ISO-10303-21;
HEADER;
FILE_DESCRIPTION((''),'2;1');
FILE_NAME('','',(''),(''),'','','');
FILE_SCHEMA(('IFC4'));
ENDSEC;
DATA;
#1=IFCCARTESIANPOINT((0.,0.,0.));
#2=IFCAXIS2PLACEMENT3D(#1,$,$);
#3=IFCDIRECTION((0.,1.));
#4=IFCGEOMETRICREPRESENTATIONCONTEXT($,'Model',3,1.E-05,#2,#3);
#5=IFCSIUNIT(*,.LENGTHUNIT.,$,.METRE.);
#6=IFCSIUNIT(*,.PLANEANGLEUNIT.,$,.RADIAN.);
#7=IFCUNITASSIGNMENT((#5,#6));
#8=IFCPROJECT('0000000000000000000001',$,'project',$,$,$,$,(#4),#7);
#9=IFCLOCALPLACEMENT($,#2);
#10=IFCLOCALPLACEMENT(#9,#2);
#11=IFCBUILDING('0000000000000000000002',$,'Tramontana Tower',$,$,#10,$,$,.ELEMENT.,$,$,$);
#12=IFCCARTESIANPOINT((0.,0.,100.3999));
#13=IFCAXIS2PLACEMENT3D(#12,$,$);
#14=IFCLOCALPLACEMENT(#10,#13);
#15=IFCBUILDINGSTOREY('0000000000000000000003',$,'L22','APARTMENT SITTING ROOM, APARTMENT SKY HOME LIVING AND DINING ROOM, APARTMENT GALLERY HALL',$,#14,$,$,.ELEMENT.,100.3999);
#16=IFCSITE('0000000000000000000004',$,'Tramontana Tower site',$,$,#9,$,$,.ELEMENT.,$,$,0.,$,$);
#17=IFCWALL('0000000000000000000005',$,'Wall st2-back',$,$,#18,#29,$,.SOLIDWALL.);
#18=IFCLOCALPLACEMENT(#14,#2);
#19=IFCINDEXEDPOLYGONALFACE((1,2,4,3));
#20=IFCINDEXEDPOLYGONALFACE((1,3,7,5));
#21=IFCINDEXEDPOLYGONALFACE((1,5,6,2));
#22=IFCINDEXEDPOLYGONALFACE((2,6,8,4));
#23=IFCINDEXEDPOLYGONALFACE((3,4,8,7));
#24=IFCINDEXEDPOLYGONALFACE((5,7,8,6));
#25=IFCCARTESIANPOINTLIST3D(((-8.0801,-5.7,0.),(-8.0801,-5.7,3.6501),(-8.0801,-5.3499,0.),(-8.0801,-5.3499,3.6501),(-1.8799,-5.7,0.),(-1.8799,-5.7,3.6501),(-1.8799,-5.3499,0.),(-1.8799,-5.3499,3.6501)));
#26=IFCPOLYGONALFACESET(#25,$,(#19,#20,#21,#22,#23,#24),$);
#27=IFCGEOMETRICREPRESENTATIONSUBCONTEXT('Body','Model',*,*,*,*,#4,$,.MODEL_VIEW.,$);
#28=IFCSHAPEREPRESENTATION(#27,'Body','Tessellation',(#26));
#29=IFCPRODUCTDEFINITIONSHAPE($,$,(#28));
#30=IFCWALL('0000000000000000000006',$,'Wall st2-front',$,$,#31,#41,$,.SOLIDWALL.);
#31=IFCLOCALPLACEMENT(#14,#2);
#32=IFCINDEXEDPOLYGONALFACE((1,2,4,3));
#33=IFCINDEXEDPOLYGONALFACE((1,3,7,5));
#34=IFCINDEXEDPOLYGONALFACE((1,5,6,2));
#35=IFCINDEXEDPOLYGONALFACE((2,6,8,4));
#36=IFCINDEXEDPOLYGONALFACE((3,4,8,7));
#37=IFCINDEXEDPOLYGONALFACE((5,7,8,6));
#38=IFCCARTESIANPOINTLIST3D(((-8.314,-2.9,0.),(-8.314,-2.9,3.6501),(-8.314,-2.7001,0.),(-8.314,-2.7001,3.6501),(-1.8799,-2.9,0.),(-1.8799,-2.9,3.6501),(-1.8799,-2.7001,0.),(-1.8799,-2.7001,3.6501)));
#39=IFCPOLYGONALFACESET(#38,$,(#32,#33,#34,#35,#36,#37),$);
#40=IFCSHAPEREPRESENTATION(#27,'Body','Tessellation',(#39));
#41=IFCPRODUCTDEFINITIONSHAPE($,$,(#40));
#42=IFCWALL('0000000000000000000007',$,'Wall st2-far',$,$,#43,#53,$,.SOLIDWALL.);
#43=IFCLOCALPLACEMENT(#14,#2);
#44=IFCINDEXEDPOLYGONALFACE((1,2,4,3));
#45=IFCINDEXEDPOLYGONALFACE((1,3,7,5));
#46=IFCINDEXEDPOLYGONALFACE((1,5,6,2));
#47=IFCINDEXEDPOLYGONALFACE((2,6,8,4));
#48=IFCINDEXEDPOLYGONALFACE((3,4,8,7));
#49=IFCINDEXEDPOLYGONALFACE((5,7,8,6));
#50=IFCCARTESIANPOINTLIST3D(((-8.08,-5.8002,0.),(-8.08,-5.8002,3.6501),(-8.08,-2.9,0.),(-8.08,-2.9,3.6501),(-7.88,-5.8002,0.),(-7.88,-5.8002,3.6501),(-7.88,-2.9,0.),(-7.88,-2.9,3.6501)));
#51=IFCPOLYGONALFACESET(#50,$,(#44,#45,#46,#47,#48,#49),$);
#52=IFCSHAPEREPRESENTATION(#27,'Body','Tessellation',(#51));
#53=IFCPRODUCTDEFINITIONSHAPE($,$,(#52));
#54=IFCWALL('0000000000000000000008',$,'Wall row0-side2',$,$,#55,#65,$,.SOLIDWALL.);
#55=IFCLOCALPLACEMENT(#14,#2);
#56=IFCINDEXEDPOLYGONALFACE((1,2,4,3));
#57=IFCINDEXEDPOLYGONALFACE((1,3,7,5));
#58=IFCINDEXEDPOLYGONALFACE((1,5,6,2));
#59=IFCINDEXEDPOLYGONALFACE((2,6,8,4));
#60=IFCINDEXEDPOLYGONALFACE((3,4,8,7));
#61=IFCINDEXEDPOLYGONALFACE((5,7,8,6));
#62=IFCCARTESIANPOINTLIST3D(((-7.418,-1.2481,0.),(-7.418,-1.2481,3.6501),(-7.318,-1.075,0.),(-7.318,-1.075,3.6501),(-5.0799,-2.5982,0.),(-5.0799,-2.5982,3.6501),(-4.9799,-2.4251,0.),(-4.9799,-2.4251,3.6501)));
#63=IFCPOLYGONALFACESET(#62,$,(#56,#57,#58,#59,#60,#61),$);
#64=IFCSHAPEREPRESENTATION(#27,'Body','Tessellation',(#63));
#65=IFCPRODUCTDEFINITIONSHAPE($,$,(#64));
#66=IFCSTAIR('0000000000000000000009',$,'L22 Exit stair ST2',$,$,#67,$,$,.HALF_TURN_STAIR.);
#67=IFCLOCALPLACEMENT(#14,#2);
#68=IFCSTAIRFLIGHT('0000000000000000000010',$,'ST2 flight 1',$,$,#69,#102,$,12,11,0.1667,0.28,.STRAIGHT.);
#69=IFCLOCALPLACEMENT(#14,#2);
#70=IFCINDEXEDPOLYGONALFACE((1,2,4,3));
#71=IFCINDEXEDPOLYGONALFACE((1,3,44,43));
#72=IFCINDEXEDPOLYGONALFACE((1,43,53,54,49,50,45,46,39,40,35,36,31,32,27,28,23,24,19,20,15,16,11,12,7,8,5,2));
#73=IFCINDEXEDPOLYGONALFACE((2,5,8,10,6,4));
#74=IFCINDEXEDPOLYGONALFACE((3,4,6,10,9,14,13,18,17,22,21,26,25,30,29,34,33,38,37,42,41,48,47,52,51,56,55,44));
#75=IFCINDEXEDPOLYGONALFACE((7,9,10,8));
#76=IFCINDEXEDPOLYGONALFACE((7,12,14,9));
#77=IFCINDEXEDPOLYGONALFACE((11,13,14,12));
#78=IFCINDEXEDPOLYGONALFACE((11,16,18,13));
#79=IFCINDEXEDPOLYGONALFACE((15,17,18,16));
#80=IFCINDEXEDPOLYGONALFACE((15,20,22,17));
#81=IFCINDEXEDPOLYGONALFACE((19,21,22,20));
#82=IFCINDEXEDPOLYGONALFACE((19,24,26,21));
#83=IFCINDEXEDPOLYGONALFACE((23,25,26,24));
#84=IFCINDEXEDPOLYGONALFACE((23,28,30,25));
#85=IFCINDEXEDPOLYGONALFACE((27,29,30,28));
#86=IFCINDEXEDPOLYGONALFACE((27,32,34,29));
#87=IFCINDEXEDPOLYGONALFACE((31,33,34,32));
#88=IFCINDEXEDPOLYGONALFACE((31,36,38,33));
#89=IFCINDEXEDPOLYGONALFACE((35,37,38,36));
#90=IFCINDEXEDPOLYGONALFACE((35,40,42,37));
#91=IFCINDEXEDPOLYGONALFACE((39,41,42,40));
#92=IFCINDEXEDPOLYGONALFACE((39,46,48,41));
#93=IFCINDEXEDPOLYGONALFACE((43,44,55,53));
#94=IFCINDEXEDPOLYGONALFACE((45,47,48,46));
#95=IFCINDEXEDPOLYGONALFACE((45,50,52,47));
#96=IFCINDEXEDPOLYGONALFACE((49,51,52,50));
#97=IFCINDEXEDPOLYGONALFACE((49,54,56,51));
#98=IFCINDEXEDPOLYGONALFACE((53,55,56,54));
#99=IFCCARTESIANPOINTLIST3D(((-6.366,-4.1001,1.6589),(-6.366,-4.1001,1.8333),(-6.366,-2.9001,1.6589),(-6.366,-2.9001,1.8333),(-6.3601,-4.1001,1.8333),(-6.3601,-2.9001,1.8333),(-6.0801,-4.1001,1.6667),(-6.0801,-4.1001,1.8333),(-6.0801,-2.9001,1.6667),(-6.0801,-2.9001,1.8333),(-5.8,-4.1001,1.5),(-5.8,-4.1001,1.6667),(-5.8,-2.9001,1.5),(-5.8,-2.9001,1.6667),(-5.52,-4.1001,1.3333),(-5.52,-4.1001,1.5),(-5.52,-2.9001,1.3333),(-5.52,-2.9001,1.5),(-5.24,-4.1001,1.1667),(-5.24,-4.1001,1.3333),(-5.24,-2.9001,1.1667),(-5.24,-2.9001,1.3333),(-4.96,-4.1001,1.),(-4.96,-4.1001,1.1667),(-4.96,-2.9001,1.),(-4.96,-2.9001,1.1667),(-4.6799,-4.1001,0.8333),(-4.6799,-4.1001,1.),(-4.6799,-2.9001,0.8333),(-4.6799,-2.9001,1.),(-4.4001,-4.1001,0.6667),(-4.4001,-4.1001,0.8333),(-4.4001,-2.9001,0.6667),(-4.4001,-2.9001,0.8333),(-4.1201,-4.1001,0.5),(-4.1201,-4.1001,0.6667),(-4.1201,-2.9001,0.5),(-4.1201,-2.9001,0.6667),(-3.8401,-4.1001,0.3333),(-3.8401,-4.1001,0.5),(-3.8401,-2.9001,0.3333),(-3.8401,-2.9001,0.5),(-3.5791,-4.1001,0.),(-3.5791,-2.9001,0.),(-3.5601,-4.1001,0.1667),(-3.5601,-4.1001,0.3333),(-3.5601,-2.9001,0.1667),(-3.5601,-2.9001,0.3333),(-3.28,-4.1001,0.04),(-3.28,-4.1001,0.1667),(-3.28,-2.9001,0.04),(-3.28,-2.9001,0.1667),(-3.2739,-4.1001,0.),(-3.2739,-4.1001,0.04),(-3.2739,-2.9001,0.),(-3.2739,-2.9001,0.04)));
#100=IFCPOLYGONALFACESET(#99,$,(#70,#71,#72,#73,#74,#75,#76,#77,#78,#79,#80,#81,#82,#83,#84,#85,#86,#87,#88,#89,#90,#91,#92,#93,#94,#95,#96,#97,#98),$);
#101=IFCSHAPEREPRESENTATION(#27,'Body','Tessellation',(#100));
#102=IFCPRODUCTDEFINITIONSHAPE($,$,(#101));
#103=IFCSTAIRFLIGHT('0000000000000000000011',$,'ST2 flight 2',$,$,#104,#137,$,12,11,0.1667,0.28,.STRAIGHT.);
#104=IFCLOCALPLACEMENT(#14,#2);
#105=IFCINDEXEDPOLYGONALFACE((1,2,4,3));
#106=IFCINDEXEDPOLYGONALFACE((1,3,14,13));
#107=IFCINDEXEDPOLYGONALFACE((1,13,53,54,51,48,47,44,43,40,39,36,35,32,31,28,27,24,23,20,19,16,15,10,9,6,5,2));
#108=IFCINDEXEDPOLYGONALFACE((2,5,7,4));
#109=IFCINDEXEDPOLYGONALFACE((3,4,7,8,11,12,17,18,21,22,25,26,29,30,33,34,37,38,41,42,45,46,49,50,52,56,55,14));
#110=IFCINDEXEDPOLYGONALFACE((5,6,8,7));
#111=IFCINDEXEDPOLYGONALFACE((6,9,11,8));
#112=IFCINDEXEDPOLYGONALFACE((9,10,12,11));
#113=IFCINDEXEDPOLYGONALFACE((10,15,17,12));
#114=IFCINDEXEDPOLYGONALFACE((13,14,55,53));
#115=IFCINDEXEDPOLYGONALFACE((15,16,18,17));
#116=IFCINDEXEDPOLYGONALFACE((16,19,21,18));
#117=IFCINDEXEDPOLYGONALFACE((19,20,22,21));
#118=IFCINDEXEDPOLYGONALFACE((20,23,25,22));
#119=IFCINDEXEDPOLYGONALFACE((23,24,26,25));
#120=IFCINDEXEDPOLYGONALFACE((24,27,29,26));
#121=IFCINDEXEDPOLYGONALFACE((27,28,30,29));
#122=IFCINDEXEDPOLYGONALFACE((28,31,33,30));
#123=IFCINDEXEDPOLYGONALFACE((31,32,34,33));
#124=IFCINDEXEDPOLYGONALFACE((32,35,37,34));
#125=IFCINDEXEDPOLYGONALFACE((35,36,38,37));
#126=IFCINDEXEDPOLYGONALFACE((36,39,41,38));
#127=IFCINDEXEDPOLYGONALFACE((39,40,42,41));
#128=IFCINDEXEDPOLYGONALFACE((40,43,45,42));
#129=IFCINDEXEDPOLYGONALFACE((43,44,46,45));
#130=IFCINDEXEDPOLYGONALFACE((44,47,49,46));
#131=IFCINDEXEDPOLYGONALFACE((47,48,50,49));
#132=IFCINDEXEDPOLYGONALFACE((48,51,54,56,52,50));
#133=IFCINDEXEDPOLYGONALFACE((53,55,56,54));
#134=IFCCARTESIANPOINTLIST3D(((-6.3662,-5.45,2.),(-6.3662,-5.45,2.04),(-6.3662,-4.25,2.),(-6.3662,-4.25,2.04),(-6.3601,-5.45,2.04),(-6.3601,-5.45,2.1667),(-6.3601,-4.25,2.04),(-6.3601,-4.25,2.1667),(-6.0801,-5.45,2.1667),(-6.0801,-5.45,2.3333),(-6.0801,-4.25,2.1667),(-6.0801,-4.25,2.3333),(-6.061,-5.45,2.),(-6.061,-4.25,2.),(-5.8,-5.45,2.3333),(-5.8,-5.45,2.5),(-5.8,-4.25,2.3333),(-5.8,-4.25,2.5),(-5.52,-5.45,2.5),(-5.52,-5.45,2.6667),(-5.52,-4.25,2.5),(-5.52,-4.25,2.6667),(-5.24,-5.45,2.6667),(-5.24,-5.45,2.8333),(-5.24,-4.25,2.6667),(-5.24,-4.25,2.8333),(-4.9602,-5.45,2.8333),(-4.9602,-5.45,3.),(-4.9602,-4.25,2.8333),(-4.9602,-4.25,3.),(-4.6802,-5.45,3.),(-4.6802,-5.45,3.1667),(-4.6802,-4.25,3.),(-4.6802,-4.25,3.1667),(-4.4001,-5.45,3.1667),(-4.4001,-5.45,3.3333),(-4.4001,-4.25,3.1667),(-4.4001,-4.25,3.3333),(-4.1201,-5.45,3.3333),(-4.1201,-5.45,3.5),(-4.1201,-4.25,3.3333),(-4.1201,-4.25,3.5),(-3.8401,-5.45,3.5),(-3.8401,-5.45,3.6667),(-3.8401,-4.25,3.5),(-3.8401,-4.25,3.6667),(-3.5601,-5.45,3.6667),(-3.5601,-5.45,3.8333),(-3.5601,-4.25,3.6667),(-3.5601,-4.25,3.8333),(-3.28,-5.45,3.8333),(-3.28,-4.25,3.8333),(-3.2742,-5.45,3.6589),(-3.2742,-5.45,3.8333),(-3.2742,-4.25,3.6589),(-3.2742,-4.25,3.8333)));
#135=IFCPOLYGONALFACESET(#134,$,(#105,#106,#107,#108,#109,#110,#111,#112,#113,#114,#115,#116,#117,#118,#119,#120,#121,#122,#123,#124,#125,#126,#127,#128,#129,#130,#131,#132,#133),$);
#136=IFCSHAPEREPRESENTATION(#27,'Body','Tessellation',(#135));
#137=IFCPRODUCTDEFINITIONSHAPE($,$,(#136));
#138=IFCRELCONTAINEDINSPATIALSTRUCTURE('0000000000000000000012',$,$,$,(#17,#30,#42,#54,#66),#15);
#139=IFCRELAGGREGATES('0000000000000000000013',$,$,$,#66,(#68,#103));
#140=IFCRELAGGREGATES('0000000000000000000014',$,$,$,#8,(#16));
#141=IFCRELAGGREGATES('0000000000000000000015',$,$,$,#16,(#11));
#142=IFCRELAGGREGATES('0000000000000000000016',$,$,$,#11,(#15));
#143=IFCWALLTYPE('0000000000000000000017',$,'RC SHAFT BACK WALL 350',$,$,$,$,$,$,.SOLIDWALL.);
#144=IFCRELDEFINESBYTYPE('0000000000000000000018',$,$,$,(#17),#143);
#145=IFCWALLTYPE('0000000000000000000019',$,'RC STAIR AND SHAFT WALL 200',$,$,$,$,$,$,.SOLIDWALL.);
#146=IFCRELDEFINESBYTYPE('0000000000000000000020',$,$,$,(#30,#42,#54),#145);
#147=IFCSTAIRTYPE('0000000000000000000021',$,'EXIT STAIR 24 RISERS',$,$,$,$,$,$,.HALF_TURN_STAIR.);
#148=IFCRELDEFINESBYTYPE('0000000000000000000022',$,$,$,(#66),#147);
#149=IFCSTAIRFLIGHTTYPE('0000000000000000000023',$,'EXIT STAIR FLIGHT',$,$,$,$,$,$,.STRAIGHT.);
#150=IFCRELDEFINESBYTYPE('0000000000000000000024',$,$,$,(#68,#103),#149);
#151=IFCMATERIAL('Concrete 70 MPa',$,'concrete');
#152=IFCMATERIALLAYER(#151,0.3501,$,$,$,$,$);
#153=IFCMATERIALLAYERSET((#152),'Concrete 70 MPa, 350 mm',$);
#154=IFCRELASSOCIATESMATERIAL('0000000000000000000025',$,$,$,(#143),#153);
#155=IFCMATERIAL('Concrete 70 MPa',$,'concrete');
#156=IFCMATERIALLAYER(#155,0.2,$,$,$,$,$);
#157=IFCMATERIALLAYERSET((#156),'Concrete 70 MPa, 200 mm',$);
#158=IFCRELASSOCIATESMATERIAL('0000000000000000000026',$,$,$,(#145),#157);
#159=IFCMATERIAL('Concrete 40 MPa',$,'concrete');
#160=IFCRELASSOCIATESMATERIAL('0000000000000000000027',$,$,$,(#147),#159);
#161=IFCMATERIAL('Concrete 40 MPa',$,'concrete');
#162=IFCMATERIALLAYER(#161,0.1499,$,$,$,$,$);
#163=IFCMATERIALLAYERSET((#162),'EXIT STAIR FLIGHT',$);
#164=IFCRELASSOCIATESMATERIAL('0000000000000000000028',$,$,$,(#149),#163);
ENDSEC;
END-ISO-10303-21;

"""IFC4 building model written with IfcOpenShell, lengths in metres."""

from ifc_helpers import new_model, si_unit, direction, frame, frame_2d, origin, place, context, subcontext, project, spatial, polyline, rectangle, outline, extrude, material, layer, layer_set, type_object, element, aggregate, save


model = new_model("IFC4")

# Units and contexts
model_context = context("Model", 3, precision=1e-05, world=origin(), true_north=direction((0.0, 1.0)))
body_context = subcontext(model_context, "Body", "Model", "MODEL_VIEW")
ifc_project = project(units=[si_unit("LENGTHUNIT", "METRE"), si_unit("PLANEANGLEUNIT", "RADIAN")], contexts=[model_context])

# Site, building, storey
site_placement = place(None, origin())
site = spatial("IfcSite", under=ifc_project, at=site_placement, Name="Tramontana Tower site", CompositionType="ELEMENT", RefElevation=0.0)
building_placement = place(site_placement, origin())
building = spatial("IfcBuilding", under=site, at=building_placement, Name="Tramontana Tower", CompositionType="ELEMENT")
storey_placement = place(building_placement, frame((0.0, 0.0, 100.3999)))
storey = spatial("IfcBuildingStorey", under=building, at=storey_placement, Name="L22", Description="APARTMENT SITTING ROOM, APARTMENT SKY HOME LIVING AND DINING ROOM, APARTMENT GALLERY HALL", CompositionType="ELEMENT", Elevation=100.3999)

# Walls
ifc_material_1 = material(Name="Concrete 70 MPa", Category="concrete")
ifc_layer_1 = layer(ifc_material_1, 0.3501)
ifc_layer_set_1 = layer_set([ifc_layer_1], Name="Concrete 70 MPa, 350 mm")
wall_type_1 = type_object("IfcWallType", Name="RC SHAFT BACK WALL 350", PredefinedType="SOLIDWALL", material=ifc_layer_set_1)
wall_1_placement = place(storey_placement, frame((-8.0801, -5.5249, 0.0), z_axis=(0.0, 0.0, 1.0), x_axis=(1.0, 0.0, 0.0)))
element("IfcWall", 1, at=wall_1_placement, inside=storey, type_object=wall_type_1, Name="Wall st2-back", PredefinedType="SOLIDWALL", context=body_context, shape_type="SweptSolid", body=[
    extrude(rectangle(XDim=6.2002, YDim=0.3501, at=frame_2d((3.1001, 0.0))), origin(), (0.0, 0.0, 1.0), 3.6501),
])
ifc_material_2 = material(Name="Concrete 70 MPa", Category="concrete")
ifc_layer_2 = layer(ifc_material_2, 0.2)
ifc_layer_set_2 = layer_set([ifc_layer_2], Name="Concrete 70 MPa, 200 mm")
wall_type_2 = type_object("IfcWallType", Name="RC STAIR AND SHAFT WALL 200", PredefinedType="SOLIDWALL", material=ifc_layer_set_2)
wall_2_placement = place(storey_placement, frame((-8.314, -2.8, 0.0), z_axis=(0.0, 0.0, 1.0), x_axis=(1.0, 0.0, 0.0)))
element("IfcWall", 2, at=wall_2_placement, inside=storey, type_object=wall_type_2, Name="Wall st2-front", PredefinedType="SOLIDWALL", context=body_context, shape_type="SweptSolid", body=[
    extrude(rectangle(XDim=6.4341, YDim=0.2, at=frame_2d((3.217, 0.0))), origin(), (0.0, 0.0, 1.0), 3.6501),
])
wall_3_placement = place(storey_placement, frame((-7.98, -2.8999, 0.0), z_axis=(0.0, 0.0, 1.0), x_axis=(0.0, -1.0, 0.0)))
element("IfcWall", 3, at=wall_3_placement, inside=storey, type_object=wall_type_2, Name="Wall st2-far", PredefinedType="SOLIDWALL", context=body_context, shape_type="SweptSolid", body=[
    extrude(rectangle(XDim=2.9001, YDim=0.2, at=frame_2d((1.4502, 0.0))), origin(), (0.0, 0.0, 1.0), 3.6501),
])

# Wall
wall_4_placement = place(storey_placement, frame((-5.0298, -2.5117, 0.0), z_axis=(0.0, 0.0, 1.0), x_axis=(-0.865997, 0.500049, 0.0)))
element("IfcWall", 4, at=wall_4_placement, inside=storey, type_object=wall_type_2, Name="Wall row0-side2", PredefinedType="SOLIDWALL", context=body_context, shape_type="SweptSolid", body=[
    extrude(rectangle(XDim=2.7, YDim=0.2, at=frame_2d((1.3501, 0.0))), origin(), (0.0, 0.0, 1.0), 3.6501),
])

# Stair, stair flights
ifc_material_3 = material(Name="Concrete 40 MPa", Category="concrete")
stair_type = type_object("IfcStairType", Name="EXIT STAIR 24 RISERS", PredefinedType="HALF_TURN_STAIR", material=ifc_material_3)
stair_placement = place(storey_placement, origin())
stair = element("IfcStair", 5, at=stair_placement, inside=storey, type_object=stair_type, Name="L22 Exit stair ST2", PredefinedType="HALF_TURN_STAIR")
ifc_material_4 = material(Name="Concrete 40 MPa", Category="concrete")
ifc_layer_3 = layer(ifc_material_4, 0.1499)
ifc_layer_set_3 = layer_set([ifc_layer_3], Name="EXIT STAIR FLIGHT")
stair_flight_type = type_object("IfcStairFlightType", Name="EXIT STAIR FLIGHT", PredefinedType="STRAIGHT", material=ifc_layer_set_3)
stair_flight_1_placement = place(storey_placement, frame((-3.28, -3.5, 0.0), z_axis=(0.0, 0.0, 1.0), x_axis=(-1.0, 0.0, 0.0)))
stair_flight_1 = element("IfcStairFlight", 6, at=stair_flight_1_placement, type_object=stair_flight_type, Name="ST2 flight 1", NumberOfRisers=12, NumberOfTreads=11, PredefinedType="STRAIGHT", RiserHeight=0.1667, TreadLength=0.28, context=body_context, shape_type="SweptSolid", body=[
    extrude(outline(polyline([(-0.0061, 0.0), (-0.0061, 0.04), (0.0, 0.04), (0.0, 0.1667), (0.28, 0.1667), (0.28, 0.3333), (0.5601, 0.3333), (0.5601, 0.5), (0.8401, 0.5), (0.8401, 0.6667), (1.1201, 0.6667), (1.1201, 0.8333), (1.3999, 0.8333), (1.3999, 1.0), (1.6799, 1.0), (1.6799, 1.1667), (1.96, 1.1667), (1.96, 1.3333), (2.24, 1.3333), (2.24, 1.5), (2.52, 1.5), (2.52, 1.6667), (2.8, 1.6667), (2.8, 1.8333), (3.0801, 1.8333), (3.0859, 1.8333), (3.0859, 1.6589), (0.2991, 0.0), (-0.0061, 0.0)])), frame((0.0, 0.6001, 0.0), z_axis=(0.0, -1.0, 0.0), x_axis=(1.0, 0.0, 0.0)), (0.0, 0.0, 1.0), 1.2),
])
stair_flight_2_placement = place(storey_placement, frame((-6.3601, -4.8501, 2.0), z_axis=(0.0, 0.0, 1.0), x_axis=(1.0, 0.0, 0.0)))
stair_flight_2 = element("IfcStairFlight", 7, at=stair_flight_2_placement, type_object=stair_flight_type, Name="ST2 flight 2", NumberOfRisers=12, NumberOfTreads=11, PredefinedType="STRAIGHT", RiserHeight=0.1667, TreadLength=0.28, context=body_context, shape_type="SweptSolid", body=[
    extrude(outline(polyline([(-0.0061, 0.0), (-0.0061, 0.04), (0.0, 0.04), (0.0, 0.1667), (0.28, 0.1667), (0.28, 0.3333), (0.5601, 0.3333), (0.5601, 0.5), (0.8401, 0.5), (0.8401, 0.6667), (1.1201, 0.6667), (1.1201, 0.8333), (1.3999, 0.8333), (1.3999, 1.0), (1.6799, 1.0), (1.6799, 1.1667), (1.96, 1.1667), (1.96, 1.3333), (2.24, 1.3333), (2.24, 1.5), (2.52, 1.5), (2.52, 1.6667), (2.8, 1.6667), (2.8, 1.8333), (3.0801, 1.8333), (3.0859, 1.8333), (3.0859, 1.6589), (0.2991, 0.0), (-0.0061, 0.0)])), frame((0.0, 0.6001, 0.0), z_axis=(0.0, -1.0, 0.0), x_axis=(1.0, 0.0, 0.0)), (0.0, 0.0, 1.0), 1.2),
])
aggregate(stair, [stair_flight_1, stair_flight_2])

save(model, "model.ifc")
